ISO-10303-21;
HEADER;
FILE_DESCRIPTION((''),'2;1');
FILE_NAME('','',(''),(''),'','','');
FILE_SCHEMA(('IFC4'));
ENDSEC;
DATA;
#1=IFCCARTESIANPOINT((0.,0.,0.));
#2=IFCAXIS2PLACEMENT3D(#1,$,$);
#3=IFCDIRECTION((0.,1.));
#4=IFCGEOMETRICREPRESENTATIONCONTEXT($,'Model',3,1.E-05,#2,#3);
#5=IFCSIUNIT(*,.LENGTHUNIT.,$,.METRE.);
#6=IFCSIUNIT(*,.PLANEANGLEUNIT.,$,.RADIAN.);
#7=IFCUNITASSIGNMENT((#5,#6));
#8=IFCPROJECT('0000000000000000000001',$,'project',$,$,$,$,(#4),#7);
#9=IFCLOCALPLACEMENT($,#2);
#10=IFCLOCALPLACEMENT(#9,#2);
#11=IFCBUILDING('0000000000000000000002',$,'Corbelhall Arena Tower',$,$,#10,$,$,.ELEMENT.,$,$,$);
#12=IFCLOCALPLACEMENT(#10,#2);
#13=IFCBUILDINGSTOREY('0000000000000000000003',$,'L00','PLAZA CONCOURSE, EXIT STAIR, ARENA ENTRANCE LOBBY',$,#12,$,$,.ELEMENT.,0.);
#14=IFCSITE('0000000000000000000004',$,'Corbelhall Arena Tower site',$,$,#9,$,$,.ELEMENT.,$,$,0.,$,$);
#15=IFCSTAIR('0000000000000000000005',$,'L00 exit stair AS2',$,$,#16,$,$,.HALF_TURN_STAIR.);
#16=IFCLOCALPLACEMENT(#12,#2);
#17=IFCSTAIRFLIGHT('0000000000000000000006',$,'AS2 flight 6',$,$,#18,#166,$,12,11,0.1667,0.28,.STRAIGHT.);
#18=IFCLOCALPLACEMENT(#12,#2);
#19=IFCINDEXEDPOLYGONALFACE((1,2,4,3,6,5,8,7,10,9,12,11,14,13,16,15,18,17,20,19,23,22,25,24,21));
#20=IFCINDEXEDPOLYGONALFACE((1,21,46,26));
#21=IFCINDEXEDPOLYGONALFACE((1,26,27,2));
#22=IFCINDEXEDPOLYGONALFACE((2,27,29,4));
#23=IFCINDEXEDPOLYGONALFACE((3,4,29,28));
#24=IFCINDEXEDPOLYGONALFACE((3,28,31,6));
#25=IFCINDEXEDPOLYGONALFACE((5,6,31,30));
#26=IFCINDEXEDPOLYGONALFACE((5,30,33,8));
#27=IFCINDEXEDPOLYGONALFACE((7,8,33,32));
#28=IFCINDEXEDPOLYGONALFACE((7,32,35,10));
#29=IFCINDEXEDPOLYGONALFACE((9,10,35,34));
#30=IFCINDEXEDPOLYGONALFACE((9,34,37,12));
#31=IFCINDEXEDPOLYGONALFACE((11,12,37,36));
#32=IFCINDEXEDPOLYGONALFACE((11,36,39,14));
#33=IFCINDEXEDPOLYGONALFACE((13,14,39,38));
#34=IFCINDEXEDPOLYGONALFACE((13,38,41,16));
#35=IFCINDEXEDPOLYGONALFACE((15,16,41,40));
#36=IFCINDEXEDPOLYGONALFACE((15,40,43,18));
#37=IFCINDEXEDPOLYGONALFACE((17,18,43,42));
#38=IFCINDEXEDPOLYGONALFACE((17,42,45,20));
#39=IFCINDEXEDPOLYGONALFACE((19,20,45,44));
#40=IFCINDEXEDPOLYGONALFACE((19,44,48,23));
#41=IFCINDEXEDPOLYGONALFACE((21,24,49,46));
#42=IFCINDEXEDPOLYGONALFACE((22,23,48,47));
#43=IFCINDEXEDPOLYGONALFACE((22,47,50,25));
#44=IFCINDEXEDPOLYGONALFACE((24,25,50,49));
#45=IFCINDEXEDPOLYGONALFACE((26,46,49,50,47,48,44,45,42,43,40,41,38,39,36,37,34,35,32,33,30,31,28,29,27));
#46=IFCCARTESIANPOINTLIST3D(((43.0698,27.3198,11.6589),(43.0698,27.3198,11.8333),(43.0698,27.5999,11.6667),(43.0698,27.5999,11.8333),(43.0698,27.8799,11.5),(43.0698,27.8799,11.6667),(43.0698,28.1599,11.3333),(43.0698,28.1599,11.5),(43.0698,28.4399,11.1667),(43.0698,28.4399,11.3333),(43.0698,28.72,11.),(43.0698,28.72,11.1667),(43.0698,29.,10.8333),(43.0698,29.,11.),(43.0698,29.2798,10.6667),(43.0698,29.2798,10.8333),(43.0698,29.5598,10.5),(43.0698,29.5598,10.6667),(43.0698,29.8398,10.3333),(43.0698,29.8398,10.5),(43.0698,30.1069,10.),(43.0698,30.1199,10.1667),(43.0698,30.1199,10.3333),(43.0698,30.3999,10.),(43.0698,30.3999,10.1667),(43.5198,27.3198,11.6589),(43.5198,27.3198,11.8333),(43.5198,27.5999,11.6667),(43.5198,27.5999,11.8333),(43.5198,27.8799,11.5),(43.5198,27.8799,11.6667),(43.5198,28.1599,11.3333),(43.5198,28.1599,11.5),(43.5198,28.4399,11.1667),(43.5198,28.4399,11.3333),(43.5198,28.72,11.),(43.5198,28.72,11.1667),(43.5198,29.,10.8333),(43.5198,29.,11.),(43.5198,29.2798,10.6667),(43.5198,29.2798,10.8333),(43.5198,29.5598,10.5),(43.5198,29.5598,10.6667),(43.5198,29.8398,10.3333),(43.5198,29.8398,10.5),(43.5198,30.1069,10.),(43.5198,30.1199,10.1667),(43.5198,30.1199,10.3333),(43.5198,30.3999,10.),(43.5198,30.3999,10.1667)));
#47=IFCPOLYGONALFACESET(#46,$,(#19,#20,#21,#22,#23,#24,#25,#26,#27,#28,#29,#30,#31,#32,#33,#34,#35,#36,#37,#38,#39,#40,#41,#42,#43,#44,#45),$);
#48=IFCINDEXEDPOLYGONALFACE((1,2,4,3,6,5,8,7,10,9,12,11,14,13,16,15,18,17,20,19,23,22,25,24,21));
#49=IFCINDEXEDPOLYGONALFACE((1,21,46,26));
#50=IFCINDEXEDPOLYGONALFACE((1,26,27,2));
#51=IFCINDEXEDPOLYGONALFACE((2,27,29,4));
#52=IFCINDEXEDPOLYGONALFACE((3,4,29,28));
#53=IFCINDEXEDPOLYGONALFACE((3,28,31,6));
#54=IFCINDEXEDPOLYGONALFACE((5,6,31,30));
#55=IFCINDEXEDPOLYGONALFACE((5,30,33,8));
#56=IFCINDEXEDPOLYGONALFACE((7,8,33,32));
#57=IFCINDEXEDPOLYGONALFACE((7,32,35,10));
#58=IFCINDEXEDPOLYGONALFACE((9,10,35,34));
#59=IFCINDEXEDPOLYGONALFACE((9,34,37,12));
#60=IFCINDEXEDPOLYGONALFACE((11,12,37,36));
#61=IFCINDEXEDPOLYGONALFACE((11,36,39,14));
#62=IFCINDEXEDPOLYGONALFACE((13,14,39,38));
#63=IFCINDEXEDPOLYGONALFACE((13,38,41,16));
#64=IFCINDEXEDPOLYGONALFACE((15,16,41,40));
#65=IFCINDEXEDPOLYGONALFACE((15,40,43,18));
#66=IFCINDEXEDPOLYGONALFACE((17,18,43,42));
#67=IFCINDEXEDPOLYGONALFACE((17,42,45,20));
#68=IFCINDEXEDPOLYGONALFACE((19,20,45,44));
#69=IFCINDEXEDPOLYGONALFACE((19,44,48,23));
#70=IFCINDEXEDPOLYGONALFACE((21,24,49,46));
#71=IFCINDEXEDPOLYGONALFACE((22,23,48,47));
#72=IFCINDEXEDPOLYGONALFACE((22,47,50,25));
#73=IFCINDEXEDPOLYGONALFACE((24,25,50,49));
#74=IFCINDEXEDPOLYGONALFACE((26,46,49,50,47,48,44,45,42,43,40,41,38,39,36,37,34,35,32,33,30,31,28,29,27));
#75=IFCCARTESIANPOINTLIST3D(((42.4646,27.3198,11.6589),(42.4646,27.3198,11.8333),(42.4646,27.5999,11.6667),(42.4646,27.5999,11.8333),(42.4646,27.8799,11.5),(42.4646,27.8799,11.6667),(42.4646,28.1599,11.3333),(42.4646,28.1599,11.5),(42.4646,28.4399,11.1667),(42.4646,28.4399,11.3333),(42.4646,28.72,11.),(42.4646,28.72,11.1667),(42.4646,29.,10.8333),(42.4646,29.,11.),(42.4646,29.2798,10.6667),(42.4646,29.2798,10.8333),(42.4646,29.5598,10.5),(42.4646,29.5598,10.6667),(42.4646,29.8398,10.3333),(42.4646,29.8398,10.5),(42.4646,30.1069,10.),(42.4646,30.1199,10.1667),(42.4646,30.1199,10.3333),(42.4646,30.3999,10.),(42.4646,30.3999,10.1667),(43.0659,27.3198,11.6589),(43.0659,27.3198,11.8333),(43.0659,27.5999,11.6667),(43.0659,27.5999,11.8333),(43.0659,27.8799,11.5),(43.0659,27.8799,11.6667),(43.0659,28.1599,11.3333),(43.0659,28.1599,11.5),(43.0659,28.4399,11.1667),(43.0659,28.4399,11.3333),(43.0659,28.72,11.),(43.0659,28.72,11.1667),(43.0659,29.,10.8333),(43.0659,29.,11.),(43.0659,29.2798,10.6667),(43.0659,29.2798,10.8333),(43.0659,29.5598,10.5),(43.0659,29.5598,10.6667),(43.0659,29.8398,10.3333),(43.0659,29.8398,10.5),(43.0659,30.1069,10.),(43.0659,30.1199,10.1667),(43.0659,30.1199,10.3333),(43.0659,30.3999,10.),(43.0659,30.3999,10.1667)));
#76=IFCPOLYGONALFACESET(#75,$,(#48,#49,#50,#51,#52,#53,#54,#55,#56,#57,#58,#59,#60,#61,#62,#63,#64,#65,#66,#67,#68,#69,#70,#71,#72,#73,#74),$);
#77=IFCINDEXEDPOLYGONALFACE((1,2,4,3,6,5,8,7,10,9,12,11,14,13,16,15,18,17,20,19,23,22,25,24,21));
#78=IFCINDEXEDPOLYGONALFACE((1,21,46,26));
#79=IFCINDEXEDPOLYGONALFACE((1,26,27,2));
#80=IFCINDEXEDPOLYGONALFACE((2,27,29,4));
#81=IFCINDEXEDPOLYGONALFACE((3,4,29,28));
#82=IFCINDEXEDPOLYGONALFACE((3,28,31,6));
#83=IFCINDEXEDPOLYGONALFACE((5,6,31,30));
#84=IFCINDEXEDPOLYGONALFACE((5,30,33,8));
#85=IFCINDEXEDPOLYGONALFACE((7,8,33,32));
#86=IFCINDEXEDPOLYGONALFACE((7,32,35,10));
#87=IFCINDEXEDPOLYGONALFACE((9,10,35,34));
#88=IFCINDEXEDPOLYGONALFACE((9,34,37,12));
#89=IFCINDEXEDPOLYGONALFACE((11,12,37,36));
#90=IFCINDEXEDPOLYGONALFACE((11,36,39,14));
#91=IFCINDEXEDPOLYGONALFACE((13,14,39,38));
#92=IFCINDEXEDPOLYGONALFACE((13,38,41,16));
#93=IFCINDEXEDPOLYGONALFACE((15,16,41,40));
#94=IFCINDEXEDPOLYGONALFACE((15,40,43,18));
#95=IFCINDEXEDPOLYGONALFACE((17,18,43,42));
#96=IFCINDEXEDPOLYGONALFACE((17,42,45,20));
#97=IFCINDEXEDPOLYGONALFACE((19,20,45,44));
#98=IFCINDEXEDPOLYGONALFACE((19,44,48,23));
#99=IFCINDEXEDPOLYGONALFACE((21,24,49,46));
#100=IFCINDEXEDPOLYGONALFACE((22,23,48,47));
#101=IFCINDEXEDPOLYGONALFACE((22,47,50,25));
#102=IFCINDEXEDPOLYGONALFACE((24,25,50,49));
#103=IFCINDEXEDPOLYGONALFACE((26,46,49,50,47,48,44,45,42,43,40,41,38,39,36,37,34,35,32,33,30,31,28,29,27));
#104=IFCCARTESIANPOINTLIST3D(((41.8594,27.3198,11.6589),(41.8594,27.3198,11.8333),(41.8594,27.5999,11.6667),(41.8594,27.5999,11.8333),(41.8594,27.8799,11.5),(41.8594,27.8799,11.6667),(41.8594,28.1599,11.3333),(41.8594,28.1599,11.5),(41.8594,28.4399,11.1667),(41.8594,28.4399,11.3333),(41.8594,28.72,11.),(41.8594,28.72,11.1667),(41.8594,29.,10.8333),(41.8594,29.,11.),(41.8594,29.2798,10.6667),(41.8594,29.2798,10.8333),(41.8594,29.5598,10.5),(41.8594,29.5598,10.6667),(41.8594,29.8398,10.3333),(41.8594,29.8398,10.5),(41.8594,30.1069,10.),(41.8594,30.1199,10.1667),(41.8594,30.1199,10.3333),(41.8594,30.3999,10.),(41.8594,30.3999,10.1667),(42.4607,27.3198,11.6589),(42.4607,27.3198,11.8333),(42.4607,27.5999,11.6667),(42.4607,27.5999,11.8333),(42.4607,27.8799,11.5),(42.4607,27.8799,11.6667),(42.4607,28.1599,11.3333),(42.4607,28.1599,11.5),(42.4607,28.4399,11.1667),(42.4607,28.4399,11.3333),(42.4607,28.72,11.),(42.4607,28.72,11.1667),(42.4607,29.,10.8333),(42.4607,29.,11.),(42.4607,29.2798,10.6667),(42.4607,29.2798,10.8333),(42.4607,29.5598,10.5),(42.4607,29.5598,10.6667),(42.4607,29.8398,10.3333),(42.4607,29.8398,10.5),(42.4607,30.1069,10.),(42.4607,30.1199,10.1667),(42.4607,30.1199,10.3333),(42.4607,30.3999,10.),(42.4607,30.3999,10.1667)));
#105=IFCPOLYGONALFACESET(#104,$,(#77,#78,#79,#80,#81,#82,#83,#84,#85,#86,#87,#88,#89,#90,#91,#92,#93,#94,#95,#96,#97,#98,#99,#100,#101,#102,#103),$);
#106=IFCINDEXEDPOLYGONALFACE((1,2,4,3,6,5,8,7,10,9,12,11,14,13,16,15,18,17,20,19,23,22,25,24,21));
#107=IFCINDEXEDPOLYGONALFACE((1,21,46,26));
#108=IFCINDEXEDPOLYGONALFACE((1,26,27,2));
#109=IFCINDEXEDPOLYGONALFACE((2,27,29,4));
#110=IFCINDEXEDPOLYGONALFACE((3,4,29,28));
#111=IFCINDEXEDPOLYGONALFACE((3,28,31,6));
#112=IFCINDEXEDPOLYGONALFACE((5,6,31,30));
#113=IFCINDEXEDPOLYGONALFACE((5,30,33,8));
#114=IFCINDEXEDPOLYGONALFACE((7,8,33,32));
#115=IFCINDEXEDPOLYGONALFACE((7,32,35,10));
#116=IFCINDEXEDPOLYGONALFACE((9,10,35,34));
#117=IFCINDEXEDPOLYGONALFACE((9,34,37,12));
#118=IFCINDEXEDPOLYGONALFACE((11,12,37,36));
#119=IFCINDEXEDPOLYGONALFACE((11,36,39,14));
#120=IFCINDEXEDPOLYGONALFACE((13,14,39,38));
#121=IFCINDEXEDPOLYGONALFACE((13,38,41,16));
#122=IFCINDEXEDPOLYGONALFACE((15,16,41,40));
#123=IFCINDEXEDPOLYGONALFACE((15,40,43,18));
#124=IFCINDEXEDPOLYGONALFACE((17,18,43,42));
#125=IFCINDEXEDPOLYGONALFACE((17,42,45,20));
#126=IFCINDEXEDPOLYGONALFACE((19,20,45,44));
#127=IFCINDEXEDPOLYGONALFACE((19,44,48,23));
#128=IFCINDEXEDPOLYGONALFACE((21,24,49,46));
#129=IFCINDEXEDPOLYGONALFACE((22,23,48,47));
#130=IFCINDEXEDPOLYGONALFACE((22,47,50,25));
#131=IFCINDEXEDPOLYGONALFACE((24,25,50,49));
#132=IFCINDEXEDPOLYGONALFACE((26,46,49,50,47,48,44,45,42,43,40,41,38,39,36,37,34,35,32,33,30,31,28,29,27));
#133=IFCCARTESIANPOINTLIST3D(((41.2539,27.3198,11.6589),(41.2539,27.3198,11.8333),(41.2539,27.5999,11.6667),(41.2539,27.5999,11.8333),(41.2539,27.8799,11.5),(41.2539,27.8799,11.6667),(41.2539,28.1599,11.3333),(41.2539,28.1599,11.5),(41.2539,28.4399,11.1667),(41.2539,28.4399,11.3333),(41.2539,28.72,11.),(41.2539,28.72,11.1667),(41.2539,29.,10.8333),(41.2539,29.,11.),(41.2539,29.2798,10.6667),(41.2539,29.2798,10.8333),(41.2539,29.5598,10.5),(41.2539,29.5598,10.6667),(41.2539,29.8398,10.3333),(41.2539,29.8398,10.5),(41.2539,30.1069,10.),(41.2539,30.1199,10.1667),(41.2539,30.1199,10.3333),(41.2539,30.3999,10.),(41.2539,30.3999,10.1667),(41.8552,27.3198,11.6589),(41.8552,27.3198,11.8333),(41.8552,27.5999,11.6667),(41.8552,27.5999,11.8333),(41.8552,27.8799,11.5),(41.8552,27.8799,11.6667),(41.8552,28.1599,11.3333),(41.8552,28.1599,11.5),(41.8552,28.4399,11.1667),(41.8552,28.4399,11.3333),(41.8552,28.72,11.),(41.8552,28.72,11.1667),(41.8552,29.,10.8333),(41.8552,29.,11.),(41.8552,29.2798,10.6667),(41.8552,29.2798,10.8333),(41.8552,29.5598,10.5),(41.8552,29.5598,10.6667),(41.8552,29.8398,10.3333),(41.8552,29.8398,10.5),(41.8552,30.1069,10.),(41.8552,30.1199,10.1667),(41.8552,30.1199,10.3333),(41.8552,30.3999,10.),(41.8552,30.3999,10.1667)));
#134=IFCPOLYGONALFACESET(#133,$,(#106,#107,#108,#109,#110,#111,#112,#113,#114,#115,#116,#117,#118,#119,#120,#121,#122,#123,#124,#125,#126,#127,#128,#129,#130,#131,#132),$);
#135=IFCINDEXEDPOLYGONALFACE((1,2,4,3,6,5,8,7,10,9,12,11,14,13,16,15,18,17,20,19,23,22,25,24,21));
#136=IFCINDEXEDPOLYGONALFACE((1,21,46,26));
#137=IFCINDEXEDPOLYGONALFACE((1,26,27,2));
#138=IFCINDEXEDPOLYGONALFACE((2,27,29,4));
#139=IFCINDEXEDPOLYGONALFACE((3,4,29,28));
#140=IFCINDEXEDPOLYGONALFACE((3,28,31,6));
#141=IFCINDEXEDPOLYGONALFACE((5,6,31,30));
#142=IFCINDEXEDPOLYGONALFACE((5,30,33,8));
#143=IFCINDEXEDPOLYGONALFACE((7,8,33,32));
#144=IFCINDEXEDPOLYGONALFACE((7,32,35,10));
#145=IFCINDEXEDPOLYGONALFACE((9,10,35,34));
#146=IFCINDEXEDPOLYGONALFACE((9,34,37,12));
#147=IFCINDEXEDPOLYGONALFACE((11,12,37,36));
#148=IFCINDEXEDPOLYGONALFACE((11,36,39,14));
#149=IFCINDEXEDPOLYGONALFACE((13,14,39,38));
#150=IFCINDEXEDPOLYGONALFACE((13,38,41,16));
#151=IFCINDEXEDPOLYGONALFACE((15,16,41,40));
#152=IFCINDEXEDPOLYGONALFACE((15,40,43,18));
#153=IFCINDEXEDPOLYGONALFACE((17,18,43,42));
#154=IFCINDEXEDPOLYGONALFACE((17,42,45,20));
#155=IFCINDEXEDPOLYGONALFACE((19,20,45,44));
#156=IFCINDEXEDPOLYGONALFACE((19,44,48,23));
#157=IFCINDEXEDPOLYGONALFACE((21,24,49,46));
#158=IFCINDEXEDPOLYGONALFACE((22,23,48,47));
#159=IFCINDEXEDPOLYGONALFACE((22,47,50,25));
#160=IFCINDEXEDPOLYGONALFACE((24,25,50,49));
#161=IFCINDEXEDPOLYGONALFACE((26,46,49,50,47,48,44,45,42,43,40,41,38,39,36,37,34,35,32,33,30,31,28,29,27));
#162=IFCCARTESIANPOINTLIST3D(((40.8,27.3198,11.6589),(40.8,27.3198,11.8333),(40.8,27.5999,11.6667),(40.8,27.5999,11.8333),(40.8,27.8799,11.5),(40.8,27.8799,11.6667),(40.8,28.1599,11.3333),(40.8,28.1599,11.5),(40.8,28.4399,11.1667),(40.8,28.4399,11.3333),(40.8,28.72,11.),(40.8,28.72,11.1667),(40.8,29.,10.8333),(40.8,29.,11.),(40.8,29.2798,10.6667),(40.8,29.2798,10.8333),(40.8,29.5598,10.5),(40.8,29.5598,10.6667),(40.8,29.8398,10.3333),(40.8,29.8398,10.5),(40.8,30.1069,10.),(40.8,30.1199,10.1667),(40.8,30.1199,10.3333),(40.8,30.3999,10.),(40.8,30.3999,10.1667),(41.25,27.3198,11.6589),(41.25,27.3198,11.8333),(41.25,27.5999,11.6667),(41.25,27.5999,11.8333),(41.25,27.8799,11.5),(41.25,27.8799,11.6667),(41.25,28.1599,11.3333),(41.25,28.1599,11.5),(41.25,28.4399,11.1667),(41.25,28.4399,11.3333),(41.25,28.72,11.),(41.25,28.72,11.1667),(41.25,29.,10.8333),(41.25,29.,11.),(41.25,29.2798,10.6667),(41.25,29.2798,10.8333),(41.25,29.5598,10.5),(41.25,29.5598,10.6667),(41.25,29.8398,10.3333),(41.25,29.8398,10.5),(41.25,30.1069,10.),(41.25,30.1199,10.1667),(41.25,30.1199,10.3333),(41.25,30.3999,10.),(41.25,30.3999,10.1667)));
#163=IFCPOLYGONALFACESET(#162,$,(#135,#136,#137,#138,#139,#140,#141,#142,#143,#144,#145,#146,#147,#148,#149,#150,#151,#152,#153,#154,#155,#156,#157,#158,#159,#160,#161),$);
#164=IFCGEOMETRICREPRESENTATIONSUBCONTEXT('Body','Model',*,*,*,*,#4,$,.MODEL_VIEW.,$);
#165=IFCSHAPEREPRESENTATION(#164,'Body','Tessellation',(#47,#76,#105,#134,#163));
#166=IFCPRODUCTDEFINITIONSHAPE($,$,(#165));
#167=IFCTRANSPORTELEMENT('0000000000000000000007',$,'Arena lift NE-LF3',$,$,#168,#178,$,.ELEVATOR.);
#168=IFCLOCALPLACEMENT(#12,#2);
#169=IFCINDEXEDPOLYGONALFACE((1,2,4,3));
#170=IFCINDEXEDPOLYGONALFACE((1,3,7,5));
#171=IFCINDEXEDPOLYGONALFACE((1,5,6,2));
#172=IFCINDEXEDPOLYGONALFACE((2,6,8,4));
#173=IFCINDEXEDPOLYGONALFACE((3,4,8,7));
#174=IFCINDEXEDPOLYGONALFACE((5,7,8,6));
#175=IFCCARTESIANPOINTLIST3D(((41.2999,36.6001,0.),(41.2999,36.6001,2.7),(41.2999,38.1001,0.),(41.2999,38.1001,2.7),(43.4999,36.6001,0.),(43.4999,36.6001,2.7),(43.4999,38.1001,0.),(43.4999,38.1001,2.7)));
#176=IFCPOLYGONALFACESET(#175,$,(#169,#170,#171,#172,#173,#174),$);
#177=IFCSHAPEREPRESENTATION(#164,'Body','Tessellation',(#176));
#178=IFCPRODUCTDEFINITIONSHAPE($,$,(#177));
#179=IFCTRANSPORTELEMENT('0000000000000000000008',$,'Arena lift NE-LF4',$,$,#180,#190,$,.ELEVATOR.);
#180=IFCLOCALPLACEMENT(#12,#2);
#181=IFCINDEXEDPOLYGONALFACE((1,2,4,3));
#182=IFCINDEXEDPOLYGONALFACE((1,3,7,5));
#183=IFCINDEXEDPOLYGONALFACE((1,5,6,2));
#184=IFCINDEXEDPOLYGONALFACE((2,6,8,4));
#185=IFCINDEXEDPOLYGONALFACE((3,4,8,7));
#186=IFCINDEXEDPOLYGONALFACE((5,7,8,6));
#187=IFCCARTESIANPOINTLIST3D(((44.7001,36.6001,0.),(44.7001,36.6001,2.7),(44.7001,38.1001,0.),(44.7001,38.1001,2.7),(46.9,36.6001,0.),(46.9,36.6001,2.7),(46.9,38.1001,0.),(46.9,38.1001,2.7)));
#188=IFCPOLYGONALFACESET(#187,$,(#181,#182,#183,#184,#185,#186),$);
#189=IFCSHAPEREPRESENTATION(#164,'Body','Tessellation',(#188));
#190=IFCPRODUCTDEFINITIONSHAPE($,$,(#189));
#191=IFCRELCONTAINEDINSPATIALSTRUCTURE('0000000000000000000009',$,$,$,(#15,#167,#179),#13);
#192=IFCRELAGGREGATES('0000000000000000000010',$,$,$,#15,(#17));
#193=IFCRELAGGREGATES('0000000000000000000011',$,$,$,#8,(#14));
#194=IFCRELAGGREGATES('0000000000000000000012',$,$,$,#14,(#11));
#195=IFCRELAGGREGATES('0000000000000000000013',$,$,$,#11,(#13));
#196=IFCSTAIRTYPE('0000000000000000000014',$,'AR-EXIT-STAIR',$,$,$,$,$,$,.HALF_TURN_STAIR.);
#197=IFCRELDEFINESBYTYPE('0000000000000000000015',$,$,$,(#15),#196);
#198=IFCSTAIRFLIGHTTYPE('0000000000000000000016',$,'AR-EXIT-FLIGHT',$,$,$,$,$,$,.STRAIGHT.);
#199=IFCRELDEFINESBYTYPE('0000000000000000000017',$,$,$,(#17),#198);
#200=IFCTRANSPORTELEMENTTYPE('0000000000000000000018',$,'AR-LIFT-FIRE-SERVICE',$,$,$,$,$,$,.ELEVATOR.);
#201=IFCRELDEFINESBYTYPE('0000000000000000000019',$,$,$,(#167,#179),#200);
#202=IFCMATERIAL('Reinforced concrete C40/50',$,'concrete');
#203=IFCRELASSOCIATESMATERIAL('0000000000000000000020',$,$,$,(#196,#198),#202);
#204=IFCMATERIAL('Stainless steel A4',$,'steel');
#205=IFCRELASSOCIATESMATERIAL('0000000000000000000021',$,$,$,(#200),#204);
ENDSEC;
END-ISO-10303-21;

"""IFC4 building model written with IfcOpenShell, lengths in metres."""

from ifc_helpers import new_model, si_unit, direction, frame, origin, origin_2d, place, context, subcontext, project, spatial, polyline, rectangle, outline, extrude, material, type_object, element, aggregate, save


model = new_model("IFC4")

# Units and contexts
model_context = context("Model", 3, precision=1e-05, world=origin(), true_north=direction((0.0, 1.0)))
body_context = subcontext(model_context, "Body", "Model", "MODEL_VIEW")
ifc_project = project(units=[si_unit("LENGTHUNIT", "METRE"), si_unit("PLANEANGLEUNIT", "RADIAN")], contexts=[model_context])

# Site, building, storey
site_placement = place(None, origin())
site = spatial("IfcSite", under=ifc_project, at=site_placement, Name="Corbelhall Arena Tower site", CompositionType="ELEMENT", RefElevation=0.0)
building_placement = place(site_placement, origin())
building = spatial("IfcBuilding", under=site, at=building_placement, Name="Corbelhall Arena Tower", CompositionType="ELEMENT")
storey_placement = place(building_placement, origin())
storey = spatial("IfcBuildingStorey", under=building, at=storey_placement, Name="L00", Description="PLAZA CONCOURSE, EXIT STAIR, ARENA ENTRANCE LOBBY", CompositionType="ELEMENT", Elevation=0.0)

# Shared definitions
ifc_material_1 = material(Name="Reinforced concrete C40/50", Category="concrete")
ifc_material_2 = material(Name="Stainless steel A4", Category="steel")

# Stair, stair flight
stair_type = type_object("IfcStairType", Name="AR-EXIT-STAIR", PredefinedType="HALF_TURN_STAIR", material=ifc_material_1)
stair_flight_type = type_object("IfcStairFlightType", Name="AR-EXIT-FLIGHT", PredefinedType="STRAIGHT", material=ifc_material_1)
stair_1_placement = place(storey_placement, origin())
stair_1 = element("IfcStair", 1, at=stair_1_placement, inside=storey, type_object=stair_type, Name="L00 exit stair AS2", PredefinedType="HALF_TURN_STAIR")
stair_flight_1_placement = place(storey_placement, frame((42.1599, 30.3999, 10.0), z_axis=(0.0, 0.0, 1.0), x_axis=(0.0, -1.0, 0.0)))
stair_flight_1 = element("IfcStairFlight", 2, at=stair_flight_1_placement, type_object=stair_flight_type, Name="AS2 flight 6", NumberOfRisers=12, NumberOfTreads=11, PredefinedType="STRAIGHT", RiserHeight=0.1667, TreadLength=0.28, context=body_context, shape_type="SweptSolid", body=[
    extrude(outline(polyline([(0.0, 0.0), (0.0, 0.1667), (0.28, 0.1667), (0.28, 0.3333), (0.5601, 0.3333), (0.5601, 0.5), (0.8401, 0.5), (0.8401, 0.6667), (1.1201, 0.6667), (1.1201, 0.8333), (1.3999, 0.8333), (1.3999, 1.0), (1.6799, 1.0), (1.6799, 1.1667), (1.96, 1.1667), (1.96, 1.3333), (2.24, 1.3333), (2.24, 1.5), (2.52, 1.5), (2.52, 1.6667), (2.8, 1.6667), (2.8, 1.8333), (3.0801, 1.8333), (3.0801, 2.0), (3.0801, 1.6589), (0.293, 0.0), (0.0, 0.0)])), frame((0.0, 1.3599, 0.0), z_axis=(0.0, -1.0, 0.0), x_axis=(1.0, 0.0, 0.0)), (0.0, 0.0, 1.0), 0.45),
    extrude(outline(polyline([(0.0, 0.0), (0.0, 0.1667), (0.28, 0.1667), (0.28, 0.3333), (0.5601, 0.3333), (0.5601, 0.5), (0.8401, 0.5), (0.8401, 0.6667), (1.1201, 0.6667), (1.1201, 0.8333), (1.3999, 0.8333), (1.3999, 1.0), (1.6799, 1.0), (1.6799, 1.1667), (1.96, 1.1667), (1.96, 1.3333), (2.24, 1.3333), (2.24, 1.5), (2.52, 1.5), (2.52, 1.6667), (2.8, 1.6667), (2.8, 1.8333), (3.0801, 1.8333), (3.0801, 2.0), (3.0801, 1.6589), (0.293, 0.0), (0.0, 0.0)])), frame((0.0, 0.906, 0.0), z_axis=(0.0, -1.0, 0.0), x_axis=(1.0, 0.0, 0.0)), (0.0, 0.0, 1.0), 0.6013),
    extrude(outline(polyline([(0.0, 0.0), (0.0, 0.1667), (0.28, 0.1667), (0.28, 0.3333), (0.5601, 0.3333), (0.5601, 0.5), (0.8401, 0.5), (0.8401, 0.6667), (1.1201, 0.6667), (1.1201, 0.8333), (1.3999, 0.8333), (1.3999, 1.0), (1.6799, 1.0), (1.6799, 1.1667), (1.96, 1.1667), (1.96, 1.3333), (2.24, 1.3333), (2.24, 1.5), (2.52, 1.5), (2.52, 1.6667), (2.8, 1.6667), (2.8, 1.8333), (3.0801, 1.8333), (3.0801, 2.0), (3.0801, 1.6589), (0.293, 0.0), (0.0, 0.0)])), frame((0.0, 0.3008, 0.0), z_axis=(0.0, -1.0, 0.0), x_axis=(1.0, 0.0, 0.0)), (0.0, 0.0, 1.0), 0.6013),
    extrude(outline(polyline([(0.0, 0.0), (0.0, 0.1667), (0.28, 0.1667), (0.28, 0.3333), (0.5601, 0.3333), (0.5601, 0.5), (0.8401, 0.5), (0.8401, 0.6667), (1.1201, 0.6667), (1.1201, 0.8333), (1.3999, 0.8333), (1.3999, 1.0), (1.6799, 1.0), (1.6799, 1.1667), (1.96, 1.1667), (1.96, 1.3333), (2.24, 1.3333), (2.24, 1.5), (2.52, 1.5), (2.52, 1.6667), (2.8, 1.6667), (2.8, 1.8333), (3.0801, 1.8333), (3.0801, 2.0), (3.0801, 1.6589), (0.293, 0.0), (0.0, 0.0)])), frame((0.0, -0.3047, 0.0), z_axis=(0.0, -1.0, 0.0), x_axis=(1.0, 0.0, 0.0)), (0.0, 0.0, 1.0), 0.6013),
    extrude(outline(polyline([(0.0, 0.0), (0.0, 0.1667), (0.28, 0.1667), (0.28, 0.3333), (0.5601, 0.3333), (0.5601, 0.5), (0.8401, 0.5), (0.8401, 0.6667), (1.1201, 0.6667), (1.1201, 0.8333), (1.3999, 0.8333), (1.3999, 1.0), (1.6799, 1.0), (1.6799, 1.1667), (1.96, 1.1667), (1.96, 1.3333), (2.24, 1.3333), (2.24, 1.5), (2.52, 1.5), (2.52, 1.6667), (2.8, 1.6667), (2.8, 1.8333), (3.0801, 1.8333), (3.0801, 2.0), (3.0801, 1.6589), (0.293, 0.0), (0.0, 0.0)])), frame((0.0, -0.9099, 0.0), z_axis=(0.0, -1.0, 0.0), x_axis=(1.0, 0.0, 0.0)), (0.0, 0.0, 1.0), 0.45),
])
aggregate(stair_1, [stair_flight_1])

# Transport elements
transport_element_type_1 = type_object("IfcTransportElementType", Name="AR-LIFT-FIRE-SERVICE", PredefinedType="ELEVATOR", material=ifc_material_2)
for number, where, z_axis, x_axis, name in (
    (3, (42.3999, 37.3501, 0.0), (0.0, 0.0, 1.0), (1.0, 0.0, 0.0), "Arena lift NE-LF3"),
    (4, (45.8, 37.3501, 0.0), (0.0, 0.0, 1.0), (1.0, 0.0, 0.0), "Arena lift NE-LF4"),
):
    element("IfcTransportElement", number, at=place(storey_placement, frame(where, z_axis=z_axis, x_axis=x_axis)), inside=storey, type_object=transport_element_type_1, Name=name, PredefinedType="ELEVATOR", context=body_context, shape_type="SweptSolid", body=[
        extrude(rectangle(XDim=2.2, YDim=1.5, at=origin_2d()), origin(), (0.0, 0.0, 1.0), 2.7),
    ])

save(model, "model.ifc")
